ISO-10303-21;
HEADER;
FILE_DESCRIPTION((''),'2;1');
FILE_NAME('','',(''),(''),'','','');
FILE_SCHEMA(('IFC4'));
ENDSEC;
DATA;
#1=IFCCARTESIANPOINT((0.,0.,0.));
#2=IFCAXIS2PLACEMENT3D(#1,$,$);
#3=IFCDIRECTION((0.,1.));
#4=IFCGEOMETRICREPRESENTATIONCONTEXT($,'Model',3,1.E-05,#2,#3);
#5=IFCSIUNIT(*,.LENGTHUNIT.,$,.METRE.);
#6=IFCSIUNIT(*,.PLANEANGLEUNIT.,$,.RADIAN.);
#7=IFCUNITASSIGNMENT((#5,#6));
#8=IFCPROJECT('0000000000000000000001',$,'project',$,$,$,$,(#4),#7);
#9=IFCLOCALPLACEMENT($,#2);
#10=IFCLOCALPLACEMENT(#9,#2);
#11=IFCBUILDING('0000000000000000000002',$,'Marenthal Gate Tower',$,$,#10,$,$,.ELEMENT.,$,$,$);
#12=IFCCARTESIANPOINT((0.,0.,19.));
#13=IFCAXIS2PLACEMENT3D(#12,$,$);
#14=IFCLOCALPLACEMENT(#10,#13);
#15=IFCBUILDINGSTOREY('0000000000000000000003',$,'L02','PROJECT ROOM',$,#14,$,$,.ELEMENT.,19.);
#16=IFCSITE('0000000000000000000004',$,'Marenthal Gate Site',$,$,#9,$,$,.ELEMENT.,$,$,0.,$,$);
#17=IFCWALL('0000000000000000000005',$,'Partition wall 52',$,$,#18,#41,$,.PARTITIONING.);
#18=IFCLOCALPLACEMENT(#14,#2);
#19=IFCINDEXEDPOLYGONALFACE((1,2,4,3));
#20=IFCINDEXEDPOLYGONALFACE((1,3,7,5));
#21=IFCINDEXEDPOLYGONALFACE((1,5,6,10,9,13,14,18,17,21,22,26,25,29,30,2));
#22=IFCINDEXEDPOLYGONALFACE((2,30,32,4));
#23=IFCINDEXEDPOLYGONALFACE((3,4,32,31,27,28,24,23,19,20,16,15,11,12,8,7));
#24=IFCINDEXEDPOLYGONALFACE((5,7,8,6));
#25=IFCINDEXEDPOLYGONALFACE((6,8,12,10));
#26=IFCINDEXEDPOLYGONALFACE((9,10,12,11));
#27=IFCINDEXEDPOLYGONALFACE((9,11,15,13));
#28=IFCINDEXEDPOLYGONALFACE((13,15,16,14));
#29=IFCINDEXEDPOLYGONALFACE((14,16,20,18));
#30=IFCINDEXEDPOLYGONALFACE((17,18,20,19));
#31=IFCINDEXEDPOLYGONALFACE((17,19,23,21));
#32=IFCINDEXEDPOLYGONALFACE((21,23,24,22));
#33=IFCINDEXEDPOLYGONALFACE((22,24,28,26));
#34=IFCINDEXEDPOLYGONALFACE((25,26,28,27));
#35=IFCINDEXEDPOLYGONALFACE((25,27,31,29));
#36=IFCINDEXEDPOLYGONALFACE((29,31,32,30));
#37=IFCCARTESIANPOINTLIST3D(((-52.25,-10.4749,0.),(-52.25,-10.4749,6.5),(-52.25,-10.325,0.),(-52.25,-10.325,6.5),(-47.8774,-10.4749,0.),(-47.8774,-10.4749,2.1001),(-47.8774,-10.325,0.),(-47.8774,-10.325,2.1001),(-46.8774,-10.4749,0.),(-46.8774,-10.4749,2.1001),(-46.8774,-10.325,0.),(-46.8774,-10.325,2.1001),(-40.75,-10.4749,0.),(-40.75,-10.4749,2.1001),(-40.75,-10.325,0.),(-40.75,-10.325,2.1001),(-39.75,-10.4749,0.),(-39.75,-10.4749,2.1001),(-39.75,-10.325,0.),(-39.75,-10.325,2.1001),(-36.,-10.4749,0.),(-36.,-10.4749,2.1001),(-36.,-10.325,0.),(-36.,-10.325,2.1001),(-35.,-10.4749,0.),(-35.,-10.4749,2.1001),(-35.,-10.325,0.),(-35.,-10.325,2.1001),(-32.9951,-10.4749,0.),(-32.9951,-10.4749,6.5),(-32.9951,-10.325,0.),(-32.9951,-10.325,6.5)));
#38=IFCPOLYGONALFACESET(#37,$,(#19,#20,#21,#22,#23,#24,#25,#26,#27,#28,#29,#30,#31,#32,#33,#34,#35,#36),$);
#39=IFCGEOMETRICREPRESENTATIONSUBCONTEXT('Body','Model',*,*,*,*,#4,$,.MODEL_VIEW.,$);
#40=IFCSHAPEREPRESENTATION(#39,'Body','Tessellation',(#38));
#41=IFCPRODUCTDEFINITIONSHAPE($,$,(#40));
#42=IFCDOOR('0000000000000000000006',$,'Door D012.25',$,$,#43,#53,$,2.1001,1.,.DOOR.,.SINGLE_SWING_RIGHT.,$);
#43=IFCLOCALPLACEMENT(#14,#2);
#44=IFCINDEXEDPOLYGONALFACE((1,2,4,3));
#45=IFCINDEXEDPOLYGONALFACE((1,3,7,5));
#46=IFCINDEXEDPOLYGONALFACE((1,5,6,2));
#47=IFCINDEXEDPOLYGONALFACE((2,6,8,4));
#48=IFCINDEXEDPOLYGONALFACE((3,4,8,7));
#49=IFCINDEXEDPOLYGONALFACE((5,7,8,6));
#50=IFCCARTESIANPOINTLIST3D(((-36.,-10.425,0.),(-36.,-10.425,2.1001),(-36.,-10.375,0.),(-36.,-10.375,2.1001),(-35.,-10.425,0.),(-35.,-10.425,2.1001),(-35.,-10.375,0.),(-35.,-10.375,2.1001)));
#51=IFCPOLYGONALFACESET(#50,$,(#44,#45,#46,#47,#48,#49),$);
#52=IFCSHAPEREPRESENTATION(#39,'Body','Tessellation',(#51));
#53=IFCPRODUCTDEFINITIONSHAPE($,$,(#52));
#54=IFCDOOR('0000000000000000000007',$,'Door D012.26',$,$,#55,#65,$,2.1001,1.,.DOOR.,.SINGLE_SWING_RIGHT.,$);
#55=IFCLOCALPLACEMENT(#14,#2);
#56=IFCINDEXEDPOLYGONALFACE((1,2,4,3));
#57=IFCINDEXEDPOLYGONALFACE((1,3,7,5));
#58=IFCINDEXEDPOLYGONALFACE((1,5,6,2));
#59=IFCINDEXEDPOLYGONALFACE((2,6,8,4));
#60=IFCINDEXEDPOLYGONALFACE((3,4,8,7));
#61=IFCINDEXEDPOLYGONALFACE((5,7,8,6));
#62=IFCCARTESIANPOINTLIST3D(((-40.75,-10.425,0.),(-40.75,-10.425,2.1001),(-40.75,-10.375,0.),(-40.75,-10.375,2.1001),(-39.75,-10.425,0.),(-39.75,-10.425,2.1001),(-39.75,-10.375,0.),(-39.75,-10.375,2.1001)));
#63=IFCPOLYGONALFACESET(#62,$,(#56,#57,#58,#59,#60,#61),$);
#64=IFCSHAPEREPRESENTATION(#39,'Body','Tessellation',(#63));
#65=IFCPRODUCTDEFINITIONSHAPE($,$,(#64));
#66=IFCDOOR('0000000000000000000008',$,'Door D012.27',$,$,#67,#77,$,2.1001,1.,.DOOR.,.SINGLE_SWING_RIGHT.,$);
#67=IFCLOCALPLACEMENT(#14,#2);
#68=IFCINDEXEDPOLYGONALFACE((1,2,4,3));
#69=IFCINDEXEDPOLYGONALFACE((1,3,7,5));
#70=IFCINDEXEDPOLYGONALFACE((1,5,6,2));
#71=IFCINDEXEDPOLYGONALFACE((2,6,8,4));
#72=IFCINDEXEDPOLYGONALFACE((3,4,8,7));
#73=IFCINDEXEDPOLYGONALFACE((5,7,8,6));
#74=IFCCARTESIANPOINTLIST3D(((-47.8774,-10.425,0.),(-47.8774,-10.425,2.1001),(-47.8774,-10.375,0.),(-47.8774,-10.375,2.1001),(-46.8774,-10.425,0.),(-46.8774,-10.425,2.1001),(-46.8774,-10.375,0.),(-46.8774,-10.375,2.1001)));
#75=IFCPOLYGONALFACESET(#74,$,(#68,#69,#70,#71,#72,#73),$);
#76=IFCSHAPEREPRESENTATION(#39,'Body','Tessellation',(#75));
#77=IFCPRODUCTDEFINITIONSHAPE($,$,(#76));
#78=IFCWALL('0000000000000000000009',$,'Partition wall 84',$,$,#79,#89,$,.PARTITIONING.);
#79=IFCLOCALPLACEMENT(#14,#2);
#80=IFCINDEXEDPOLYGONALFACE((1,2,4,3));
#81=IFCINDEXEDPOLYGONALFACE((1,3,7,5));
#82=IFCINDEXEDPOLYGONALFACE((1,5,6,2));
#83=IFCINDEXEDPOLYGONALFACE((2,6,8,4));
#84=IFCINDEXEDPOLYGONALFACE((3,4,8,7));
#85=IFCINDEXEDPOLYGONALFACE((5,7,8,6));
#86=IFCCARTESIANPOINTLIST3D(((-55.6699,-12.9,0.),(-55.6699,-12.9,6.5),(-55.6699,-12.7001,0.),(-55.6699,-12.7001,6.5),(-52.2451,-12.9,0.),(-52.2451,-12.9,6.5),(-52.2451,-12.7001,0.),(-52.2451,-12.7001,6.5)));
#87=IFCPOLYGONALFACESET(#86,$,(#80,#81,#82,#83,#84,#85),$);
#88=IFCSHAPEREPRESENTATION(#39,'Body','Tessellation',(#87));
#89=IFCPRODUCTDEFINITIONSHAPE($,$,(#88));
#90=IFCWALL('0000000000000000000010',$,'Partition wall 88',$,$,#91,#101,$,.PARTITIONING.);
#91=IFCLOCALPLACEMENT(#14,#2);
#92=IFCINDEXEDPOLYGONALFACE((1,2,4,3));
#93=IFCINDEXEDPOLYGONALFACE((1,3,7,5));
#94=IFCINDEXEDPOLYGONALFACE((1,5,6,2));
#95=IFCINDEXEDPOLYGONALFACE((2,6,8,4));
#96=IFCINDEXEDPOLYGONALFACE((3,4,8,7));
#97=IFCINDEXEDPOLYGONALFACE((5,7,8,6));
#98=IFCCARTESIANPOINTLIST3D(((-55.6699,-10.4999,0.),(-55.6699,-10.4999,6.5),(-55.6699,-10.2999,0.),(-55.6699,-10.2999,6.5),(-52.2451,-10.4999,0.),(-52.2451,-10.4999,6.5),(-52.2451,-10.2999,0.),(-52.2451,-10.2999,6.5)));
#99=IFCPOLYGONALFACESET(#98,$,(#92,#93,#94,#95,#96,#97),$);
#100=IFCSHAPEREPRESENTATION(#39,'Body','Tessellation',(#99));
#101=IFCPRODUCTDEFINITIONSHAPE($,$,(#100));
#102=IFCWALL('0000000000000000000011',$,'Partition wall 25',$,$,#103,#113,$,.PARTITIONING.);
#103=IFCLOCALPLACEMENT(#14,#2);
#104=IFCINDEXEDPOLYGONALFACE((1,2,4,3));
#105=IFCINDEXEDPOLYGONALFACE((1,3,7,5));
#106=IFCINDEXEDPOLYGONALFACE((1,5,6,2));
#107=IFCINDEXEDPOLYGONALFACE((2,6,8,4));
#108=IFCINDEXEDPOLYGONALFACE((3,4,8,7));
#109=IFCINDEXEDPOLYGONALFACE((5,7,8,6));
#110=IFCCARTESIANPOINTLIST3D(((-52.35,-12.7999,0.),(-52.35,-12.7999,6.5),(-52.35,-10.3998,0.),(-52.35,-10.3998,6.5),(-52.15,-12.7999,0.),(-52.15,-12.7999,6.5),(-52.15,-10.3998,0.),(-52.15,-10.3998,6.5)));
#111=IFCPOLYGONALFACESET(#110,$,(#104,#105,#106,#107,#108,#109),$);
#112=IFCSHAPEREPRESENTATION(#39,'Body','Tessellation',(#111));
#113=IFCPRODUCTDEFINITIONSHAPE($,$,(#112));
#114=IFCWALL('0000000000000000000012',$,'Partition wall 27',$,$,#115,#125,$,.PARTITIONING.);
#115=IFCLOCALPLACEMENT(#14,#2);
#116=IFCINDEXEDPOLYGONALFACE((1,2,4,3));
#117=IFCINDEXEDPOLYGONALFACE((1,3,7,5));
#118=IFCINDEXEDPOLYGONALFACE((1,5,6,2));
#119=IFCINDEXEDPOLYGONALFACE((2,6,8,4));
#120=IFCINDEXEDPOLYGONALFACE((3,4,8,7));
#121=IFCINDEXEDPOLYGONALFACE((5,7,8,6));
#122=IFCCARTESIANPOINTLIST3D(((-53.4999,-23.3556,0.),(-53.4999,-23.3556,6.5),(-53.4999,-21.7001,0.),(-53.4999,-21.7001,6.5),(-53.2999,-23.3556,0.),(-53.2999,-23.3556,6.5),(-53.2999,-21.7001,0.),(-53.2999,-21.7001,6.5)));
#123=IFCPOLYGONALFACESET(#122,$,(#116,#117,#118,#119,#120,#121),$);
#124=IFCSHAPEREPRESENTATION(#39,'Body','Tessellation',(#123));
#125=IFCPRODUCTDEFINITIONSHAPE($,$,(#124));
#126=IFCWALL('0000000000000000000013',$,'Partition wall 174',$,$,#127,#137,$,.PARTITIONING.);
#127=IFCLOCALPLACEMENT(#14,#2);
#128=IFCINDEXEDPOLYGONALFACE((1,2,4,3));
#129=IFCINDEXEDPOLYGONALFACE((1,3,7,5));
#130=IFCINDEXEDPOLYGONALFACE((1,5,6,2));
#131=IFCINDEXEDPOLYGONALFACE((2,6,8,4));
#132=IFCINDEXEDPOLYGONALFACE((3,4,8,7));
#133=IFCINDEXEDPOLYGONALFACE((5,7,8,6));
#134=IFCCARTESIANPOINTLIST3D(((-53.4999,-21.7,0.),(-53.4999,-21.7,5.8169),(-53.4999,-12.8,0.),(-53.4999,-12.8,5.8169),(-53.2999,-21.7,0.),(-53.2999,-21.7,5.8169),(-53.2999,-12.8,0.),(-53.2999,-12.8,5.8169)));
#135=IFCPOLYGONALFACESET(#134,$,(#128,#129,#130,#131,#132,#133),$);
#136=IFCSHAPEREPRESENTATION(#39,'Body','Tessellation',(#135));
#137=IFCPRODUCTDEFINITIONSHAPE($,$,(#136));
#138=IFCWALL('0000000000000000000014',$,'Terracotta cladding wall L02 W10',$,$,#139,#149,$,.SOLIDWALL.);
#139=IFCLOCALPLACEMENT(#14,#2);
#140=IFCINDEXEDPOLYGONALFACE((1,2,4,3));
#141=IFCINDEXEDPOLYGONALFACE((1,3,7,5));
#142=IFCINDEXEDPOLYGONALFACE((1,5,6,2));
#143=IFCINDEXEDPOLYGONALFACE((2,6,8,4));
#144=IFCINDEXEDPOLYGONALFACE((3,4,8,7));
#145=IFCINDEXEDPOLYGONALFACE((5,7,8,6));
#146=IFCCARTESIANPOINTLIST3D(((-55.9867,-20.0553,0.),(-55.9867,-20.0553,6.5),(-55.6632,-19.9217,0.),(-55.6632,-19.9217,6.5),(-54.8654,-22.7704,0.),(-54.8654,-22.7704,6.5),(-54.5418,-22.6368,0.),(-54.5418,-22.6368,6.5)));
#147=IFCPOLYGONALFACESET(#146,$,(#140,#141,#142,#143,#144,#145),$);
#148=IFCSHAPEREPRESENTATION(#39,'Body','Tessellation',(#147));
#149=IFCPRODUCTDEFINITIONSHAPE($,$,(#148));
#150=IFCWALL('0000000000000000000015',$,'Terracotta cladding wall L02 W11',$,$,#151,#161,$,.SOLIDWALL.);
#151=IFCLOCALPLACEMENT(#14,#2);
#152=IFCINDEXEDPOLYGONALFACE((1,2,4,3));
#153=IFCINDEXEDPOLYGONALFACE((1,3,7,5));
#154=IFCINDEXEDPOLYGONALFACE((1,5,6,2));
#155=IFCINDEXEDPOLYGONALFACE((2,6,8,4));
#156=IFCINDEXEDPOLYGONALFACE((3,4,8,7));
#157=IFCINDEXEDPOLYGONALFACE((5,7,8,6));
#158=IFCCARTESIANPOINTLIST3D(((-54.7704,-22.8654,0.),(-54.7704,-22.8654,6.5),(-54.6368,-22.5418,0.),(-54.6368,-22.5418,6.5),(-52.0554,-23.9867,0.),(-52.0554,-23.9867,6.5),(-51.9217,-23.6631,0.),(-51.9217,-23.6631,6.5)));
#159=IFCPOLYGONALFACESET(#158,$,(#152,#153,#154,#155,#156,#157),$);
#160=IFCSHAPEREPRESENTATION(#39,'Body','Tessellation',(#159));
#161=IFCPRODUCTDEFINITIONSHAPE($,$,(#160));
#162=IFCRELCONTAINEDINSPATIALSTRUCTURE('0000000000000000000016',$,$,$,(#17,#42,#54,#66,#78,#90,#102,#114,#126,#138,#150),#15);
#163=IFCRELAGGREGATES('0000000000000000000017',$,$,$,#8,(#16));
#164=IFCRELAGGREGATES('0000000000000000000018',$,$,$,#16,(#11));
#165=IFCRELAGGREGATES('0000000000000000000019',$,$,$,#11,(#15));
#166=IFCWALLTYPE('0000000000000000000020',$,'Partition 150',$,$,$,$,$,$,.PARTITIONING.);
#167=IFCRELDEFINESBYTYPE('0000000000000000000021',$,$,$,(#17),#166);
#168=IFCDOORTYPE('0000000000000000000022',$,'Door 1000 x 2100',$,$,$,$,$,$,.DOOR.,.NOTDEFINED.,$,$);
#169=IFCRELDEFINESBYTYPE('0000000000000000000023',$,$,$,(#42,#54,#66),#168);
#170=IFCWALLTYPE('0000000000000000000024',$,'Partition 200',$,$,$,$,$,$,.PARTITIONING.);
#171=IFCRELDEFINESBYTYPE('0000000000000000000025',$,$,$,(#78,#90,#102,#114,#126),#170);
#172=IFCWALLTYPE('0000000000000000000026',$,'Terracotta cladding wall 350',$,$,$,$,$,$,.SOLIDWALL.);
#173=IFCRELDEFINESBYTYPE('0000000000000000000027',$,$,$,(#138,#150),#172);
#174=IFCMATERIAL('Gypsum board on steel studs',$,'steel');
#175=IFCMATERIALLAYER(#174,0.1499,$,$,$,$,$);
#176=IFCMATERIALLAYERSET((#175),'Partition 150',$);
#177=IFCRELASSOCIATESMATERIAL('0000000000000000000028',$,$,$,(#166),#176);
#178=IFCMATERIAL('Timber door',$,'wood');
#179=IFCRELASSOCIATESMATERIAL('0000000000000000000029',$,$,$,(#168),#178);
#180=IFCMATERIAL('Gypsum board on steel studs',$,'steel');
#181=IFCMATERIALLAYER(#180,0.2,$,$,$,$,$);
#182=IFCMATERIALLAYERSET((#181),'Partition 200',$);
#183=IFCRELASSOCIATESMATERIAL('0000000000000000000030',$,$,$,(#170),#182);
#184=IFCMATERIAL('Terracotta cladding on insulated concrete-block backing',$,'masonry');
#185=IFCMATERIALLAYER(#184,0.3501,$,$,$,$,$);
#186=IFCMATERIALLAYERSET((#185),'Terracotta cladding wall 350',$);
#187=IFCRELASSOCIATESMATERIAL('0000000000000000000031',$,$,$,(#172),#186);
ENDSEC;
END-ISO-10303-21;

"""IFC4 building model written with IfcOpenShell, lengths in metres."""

from ifc_helpers import new_model, si_unit, direction, frame, frame_2d, origin, place, context, subcontext, project, spatial, rectangle, extrude, material, layer, layer_set, type_object, element, fill, save


model = new_model("IFC4")

# Units and contexts
model_context = context("Model", 3, precision=1e-05, world=origin(), true_north=direction((0.0, 1.0)))
body_context = subcontext(model_context, "Body", "Model", "MODEL_VIEW")
ifc_project = project(units=[si_unit("LENGTHUNIT", "METRE"), si_unit("PLANEANGLEUNIT", "RADIAN")], contexts=[model_context])

# Site, building, storey
site_placement = place(None, origin())
site = spatial("IfcSite", under=ifc_project, at=site_placement, Name="Marenthal Gate Site", CompositionType="ELEMENT", RefElevation=0.0)
building_placement = place(site_placement, origin())
building = spatial("IfcBuilding", under=site, at=building_placement, Name="Marenthal Gate Tower", CompositionType="ELEMENT")
storey_placement = place(building_placement, frame((0.0, 0.0, 19.0)))
storey = spatial("IfcBuildingStorey", under=building, at=storey_placement, Name="L02", Description="PROJECT ROOM", CompositionType="ELEMENT", Elevation=19.0)

# Shared definitions
ifc_material_1 = material(Name="Gypsum board on steel studs", Category="steel")
ifc_layer_1 = layer(ifc_material_1, 0.1499)
ifc_layer_set_1 = layer_set([ifc_layer_1], Name="Partition 150")
wall_type_1 = type_object("IfcWallType", Name="Partition 150", PredefinedType="PARTITIONING", material=ifc_layer_set_1)
ifc_material_2 = material(Name="Timber door", Category="wood")
door_type = type_object("IfcDoorType", Name="Door 1000 x 2100", OperationType="NOTDEFINED", PredefinedType="DOOR", material=ifc_material_2)

# Wall, openings, doors
wall_1_placement = place(storey_placement, frame((-52.25, -10.3999, 0.0), z_axis=(0.0, 0.0, 1.0), x_axis=(1.0, 0.0, 0.0)))
wall_1 = element("IfcWall", 1, at=wall_1_placement, inside=storey, type_object=wall_type_1, Name="Partition wall 52", PredefinedType="PARTITIONING", context=body_context, shape_type="SweptSolid", body=[
    extrude(rectangle(XDim=19.2549, YDim=0.1499, at=frame_2d((9.6274, 0.0))), origin(), (0.0, 0.0, 1.0), 6.5),
])
opening_1_placement = place(wall_1_placement, frame((16.25, 0.0, 0.0)))
opening_1 = element("IfcOpeningElement", 2, at=opening_1_placement, cuts=wall_1, PredefinedType="OPENING", context=body_context, shape_type="SweptSolid", body=[
    extrude(rectangle(XDim=1.0, YDim=2.1001, at=frame_2d((0.5, 1.05))), frame((0.0, 0.085, 0.0), z_axis=(0.0, -1.0, 0.0), x_axis=(1.0, 0.0, 0.0)), (0.0, 0.0, 1.0), 0.1699),
])
opening_2_placement = place(wall_1_placement, frame((11.5, 0.0, 0.0)))
opening_2 = element("IfcOpeningElement", 3, at=opening_2_placement, cuts=wall_1, PredefinedType="OPENING", context=body_context, shape_type="SweptSolid", body=[
    extrude(rectangle(XDim=1.0, YDim=2.1001, at=frame_2d((0.5, 1.05))), frame((0.0, 0.085, 0.0), z_axis=(0.0, -1.0, 0.0), x_axis=(1.0, 0.0, 0.0)), (0.0, 0.0, 1.0), 0.1699),
])
opening_3_placement = place(wall_1_placement, frame((4.3726, 0.0, 0.0)))
opening_3 = element("IfcOpeningElement", 4, at=opening_3_placement, cuts=wall_1, PredefinedType="OPENING", context=body_context, shape_type="SweptSolid", body=[
    extrude(rectangle(XDim=1.0, YDim=2.1001, at=frame_2d((0.5, 1.05))), frame((0.0, 0.085, 0.0), z_axis=(0.0, -1.0, 0.0), x_axis=(1.0, 0.0, 0.0)), (0.0, 0.0, 1.0), 0.1699),
])
door_1_placement = place(opening_1_placement, origin())
door_1 = element("IfcDoor", 5, at=door_1_placement, inside=storey, type_object=door_type, Name="Door D012.25", OperationType="SINGLE_SWING_RIGHT", OverallHeight=2.1001, OverallWidth=1.0, PredefinedType="DOOR", context=body_context, shape_type="SweptSolid", body=[
    extrude(rectangle(XDim=1.0, YDim=2.1001, at=frame_2d((0.5, 1.05))), frame((0.0, 0.0249, 0.0), z_axis=(0.0, -1.0, 0.0), x_axis=(1.0, 0.0, 0.0)), (0.0, 0.0, 1.0), 0.05),
])
fill(opening_1, door_1)
door_2_placement = place(opening_2_placement, origin())
door_2 = element("IfcDoor", 6, at=door_2_placement, inside=storey, type_object=door_type, Name="Door D012.26", OperationType="SINGLE_SWING_RIGHT", OverallHeight=2.1001, OverallWidth=1.0, PredefinedType="DOOR", context=body_context, shape_type="SweptSolid", body=[
    extrude(rectangle(XDim=1.0, YDim=2.1001, at=frame_2d((0.5, 1.05))), frame((0.0, 0.0249, 0.0), z_axis=(0.0, -1.0, 0.0), x_axis=(1.0, 0.0, 0.0)), (0.0, 0.0, 1.0), 0.05),
])
fill(opening_2, door_2)
door_3_placement = place(opening_3_placement, origin())
door_3 = element("IfcDoor", 7, at=door_3_placement, inside=storey, type_object=door_type, Name="Door D012.27", OperationType="SINGLE_SWING_RIGHT", OverallHeight=2.1001, OverallWidth=1.0, PredefinedType="DOOR", context=body_context, shape_type="SweptSolid", body=[
    extrude(rectangle(XDim=1.0, YDim=2.1001, at=frame_2d((0.5, 1.05))), frame((0.0, 0.0249, 0.0), z_axis=(0.0, -1.0, 0.0), x_axis=(1.0, 0.0, 0.0)), (0.0, 0.0, 1.0), 0.05),
])
fill(opening_3, door_3)

# Walls
ifc_material_3 = material(Name="Gypsum board on steel studs", Category="steel")
ifc_layer_2 = layer(ifc_material_3, 0.2)
ifc_layer_set_2 = layer_set([ifc_layer_2], Name="Partition 200")
wall_type_2 = type_object("IfcWallType", Name="Partition 200", PredefinedType="PARTITIONING", material=ifc_layer_set_2)
for number, where, z_axis, x_axis, name in (
    (8, (-55.6699, -12.8, 0.0), (0.0, 0.0, 1.0), (1.0, 0.0, 0.0), "Partition wall 84"),
    (9, (-55.6699, -10.3999, 0.0), (0.0, 0.0, 1.0), (1.0, 0.0, 0.0), "Partition wall 88"),
):
    element("IfcWall", number, at=place(storey_placement, frame(where, z_axis=z_axis, x_axis=x_axis)), inside=storey, type_object=wall_type_2, Name=name, PredefinedType="PARTITIONING", context=body_context, shape_type="SweptSolid", body=[
        extrude(rectangle(XDim=3.4248, YDim=0.2, at=frame_2d((1.7124, 0.0))), origin(), (0.0, 0.0, 1.0), 6.5),
    ])
wall_2_placement = place(storey_placement, frame((-52.25, -12.8, 0.0), z_axis=(0.0, 0.0, 1.0), x_axis=(0.0, 1.0, 0.0)))
element("IfcWall", 10, at=wall_2_placement, inside=storey, type_object=wall_type_2, Name="Partition wall 25", PredefinedType="PARTITIONING", context=body_context, shape_type="SweptSolid", body=[
    extrude(rectangle(XDim=2.4001, YDim=0.2, at=frame_2d((1.2002, 0.0))), origin(), (0.0, 0.0, 1.0), 6.5),
])
wall_3_placement = place(storey_placement, frame((-53.3999, -23.3555, 0.0), z_axis=(0.0, 0.0, 1.0), x_axis=(0.0, 1.0, 0.0)))
element("IfcWall", 11, at=wall_3_placement, inside=storey, type_object=wall_type_2, Name="Partition wall 27", PredefinedType="PARTITIONING", context=body_context, shape_type="SweptSolid", body=[
    extrude(rectangle(XDim=1.6555, YDim=0.2, at=frame_2d((0.8276, 0.0))), origin(), (0.0, 0.0, 1.0), 6.5),
])
wall_4_placement = place(storey_placement, frame((-53.3999, -21.7, 0.0), z_axis=(0.0, 0.0, 1.0), x_axis=(0.0, 1.0, 0.0)))
element("IfcWall", 12, at=wall_4_placement, inside=storey, type_object=wall_type_2, Name="Partition wall 174", PredefinedType="PARTITIONING", context=body_context, shape_type="SweptSolid", body=[
    extrude(rectangle(XDim=8.8999, YDim=0.2, at=frame_2d((4.45, 0.0))), origin(), (0.0, 0.0, 1.0), 5.8169),
])
ifc_material_4 = material(Name="Terracotta cladding on insulated concrete-block backing", Category="masonry")
ifc_layer_3 = layer(ifc_material_4, 0.3501)
ifc_layer_set_3 = layer_set([ifc_layer_3], Name="Terracotta cladding wall 350")
wall_type_3 = type_object("IfcWallType", Name="Terracotta cladding wall 350", PredefinedType="SOLIDWALL", material=ifc_layer_set_3)
for number, where, z_axis, x_axis, name in (
    (13, (-55.825, -19.9885, 0.0), (0.0, 0.0, 1.0), (0.381728, -0.924275, 0.0), "Terracotta cladding wall L02 W10"),
    (14, (-54.7036, -22.7036, 0.0), (0.0, 0.0, 1.0), (0.924275, -0.381728, 0.0), "Terracotta cladding wall L02 W11"),
):
    element("IfcWall", number, at=place(storey_placement, frame(where, z_axis=z_axis, x_axis=x_axis)), inside=storey, type_object=wall_type_3, Name=name, PredefinedType="SOLIDWALL", context=body_context, shape_type="SweptSolid", body=[
        extrude(rectangle(XDim=2.9375, YDim=0.3501, at=frame_2d((1.4688, 0.0))), origin(), (0.0, 0.0, 1.0), 6.5),
    ])

save(model, "model.ifc")
